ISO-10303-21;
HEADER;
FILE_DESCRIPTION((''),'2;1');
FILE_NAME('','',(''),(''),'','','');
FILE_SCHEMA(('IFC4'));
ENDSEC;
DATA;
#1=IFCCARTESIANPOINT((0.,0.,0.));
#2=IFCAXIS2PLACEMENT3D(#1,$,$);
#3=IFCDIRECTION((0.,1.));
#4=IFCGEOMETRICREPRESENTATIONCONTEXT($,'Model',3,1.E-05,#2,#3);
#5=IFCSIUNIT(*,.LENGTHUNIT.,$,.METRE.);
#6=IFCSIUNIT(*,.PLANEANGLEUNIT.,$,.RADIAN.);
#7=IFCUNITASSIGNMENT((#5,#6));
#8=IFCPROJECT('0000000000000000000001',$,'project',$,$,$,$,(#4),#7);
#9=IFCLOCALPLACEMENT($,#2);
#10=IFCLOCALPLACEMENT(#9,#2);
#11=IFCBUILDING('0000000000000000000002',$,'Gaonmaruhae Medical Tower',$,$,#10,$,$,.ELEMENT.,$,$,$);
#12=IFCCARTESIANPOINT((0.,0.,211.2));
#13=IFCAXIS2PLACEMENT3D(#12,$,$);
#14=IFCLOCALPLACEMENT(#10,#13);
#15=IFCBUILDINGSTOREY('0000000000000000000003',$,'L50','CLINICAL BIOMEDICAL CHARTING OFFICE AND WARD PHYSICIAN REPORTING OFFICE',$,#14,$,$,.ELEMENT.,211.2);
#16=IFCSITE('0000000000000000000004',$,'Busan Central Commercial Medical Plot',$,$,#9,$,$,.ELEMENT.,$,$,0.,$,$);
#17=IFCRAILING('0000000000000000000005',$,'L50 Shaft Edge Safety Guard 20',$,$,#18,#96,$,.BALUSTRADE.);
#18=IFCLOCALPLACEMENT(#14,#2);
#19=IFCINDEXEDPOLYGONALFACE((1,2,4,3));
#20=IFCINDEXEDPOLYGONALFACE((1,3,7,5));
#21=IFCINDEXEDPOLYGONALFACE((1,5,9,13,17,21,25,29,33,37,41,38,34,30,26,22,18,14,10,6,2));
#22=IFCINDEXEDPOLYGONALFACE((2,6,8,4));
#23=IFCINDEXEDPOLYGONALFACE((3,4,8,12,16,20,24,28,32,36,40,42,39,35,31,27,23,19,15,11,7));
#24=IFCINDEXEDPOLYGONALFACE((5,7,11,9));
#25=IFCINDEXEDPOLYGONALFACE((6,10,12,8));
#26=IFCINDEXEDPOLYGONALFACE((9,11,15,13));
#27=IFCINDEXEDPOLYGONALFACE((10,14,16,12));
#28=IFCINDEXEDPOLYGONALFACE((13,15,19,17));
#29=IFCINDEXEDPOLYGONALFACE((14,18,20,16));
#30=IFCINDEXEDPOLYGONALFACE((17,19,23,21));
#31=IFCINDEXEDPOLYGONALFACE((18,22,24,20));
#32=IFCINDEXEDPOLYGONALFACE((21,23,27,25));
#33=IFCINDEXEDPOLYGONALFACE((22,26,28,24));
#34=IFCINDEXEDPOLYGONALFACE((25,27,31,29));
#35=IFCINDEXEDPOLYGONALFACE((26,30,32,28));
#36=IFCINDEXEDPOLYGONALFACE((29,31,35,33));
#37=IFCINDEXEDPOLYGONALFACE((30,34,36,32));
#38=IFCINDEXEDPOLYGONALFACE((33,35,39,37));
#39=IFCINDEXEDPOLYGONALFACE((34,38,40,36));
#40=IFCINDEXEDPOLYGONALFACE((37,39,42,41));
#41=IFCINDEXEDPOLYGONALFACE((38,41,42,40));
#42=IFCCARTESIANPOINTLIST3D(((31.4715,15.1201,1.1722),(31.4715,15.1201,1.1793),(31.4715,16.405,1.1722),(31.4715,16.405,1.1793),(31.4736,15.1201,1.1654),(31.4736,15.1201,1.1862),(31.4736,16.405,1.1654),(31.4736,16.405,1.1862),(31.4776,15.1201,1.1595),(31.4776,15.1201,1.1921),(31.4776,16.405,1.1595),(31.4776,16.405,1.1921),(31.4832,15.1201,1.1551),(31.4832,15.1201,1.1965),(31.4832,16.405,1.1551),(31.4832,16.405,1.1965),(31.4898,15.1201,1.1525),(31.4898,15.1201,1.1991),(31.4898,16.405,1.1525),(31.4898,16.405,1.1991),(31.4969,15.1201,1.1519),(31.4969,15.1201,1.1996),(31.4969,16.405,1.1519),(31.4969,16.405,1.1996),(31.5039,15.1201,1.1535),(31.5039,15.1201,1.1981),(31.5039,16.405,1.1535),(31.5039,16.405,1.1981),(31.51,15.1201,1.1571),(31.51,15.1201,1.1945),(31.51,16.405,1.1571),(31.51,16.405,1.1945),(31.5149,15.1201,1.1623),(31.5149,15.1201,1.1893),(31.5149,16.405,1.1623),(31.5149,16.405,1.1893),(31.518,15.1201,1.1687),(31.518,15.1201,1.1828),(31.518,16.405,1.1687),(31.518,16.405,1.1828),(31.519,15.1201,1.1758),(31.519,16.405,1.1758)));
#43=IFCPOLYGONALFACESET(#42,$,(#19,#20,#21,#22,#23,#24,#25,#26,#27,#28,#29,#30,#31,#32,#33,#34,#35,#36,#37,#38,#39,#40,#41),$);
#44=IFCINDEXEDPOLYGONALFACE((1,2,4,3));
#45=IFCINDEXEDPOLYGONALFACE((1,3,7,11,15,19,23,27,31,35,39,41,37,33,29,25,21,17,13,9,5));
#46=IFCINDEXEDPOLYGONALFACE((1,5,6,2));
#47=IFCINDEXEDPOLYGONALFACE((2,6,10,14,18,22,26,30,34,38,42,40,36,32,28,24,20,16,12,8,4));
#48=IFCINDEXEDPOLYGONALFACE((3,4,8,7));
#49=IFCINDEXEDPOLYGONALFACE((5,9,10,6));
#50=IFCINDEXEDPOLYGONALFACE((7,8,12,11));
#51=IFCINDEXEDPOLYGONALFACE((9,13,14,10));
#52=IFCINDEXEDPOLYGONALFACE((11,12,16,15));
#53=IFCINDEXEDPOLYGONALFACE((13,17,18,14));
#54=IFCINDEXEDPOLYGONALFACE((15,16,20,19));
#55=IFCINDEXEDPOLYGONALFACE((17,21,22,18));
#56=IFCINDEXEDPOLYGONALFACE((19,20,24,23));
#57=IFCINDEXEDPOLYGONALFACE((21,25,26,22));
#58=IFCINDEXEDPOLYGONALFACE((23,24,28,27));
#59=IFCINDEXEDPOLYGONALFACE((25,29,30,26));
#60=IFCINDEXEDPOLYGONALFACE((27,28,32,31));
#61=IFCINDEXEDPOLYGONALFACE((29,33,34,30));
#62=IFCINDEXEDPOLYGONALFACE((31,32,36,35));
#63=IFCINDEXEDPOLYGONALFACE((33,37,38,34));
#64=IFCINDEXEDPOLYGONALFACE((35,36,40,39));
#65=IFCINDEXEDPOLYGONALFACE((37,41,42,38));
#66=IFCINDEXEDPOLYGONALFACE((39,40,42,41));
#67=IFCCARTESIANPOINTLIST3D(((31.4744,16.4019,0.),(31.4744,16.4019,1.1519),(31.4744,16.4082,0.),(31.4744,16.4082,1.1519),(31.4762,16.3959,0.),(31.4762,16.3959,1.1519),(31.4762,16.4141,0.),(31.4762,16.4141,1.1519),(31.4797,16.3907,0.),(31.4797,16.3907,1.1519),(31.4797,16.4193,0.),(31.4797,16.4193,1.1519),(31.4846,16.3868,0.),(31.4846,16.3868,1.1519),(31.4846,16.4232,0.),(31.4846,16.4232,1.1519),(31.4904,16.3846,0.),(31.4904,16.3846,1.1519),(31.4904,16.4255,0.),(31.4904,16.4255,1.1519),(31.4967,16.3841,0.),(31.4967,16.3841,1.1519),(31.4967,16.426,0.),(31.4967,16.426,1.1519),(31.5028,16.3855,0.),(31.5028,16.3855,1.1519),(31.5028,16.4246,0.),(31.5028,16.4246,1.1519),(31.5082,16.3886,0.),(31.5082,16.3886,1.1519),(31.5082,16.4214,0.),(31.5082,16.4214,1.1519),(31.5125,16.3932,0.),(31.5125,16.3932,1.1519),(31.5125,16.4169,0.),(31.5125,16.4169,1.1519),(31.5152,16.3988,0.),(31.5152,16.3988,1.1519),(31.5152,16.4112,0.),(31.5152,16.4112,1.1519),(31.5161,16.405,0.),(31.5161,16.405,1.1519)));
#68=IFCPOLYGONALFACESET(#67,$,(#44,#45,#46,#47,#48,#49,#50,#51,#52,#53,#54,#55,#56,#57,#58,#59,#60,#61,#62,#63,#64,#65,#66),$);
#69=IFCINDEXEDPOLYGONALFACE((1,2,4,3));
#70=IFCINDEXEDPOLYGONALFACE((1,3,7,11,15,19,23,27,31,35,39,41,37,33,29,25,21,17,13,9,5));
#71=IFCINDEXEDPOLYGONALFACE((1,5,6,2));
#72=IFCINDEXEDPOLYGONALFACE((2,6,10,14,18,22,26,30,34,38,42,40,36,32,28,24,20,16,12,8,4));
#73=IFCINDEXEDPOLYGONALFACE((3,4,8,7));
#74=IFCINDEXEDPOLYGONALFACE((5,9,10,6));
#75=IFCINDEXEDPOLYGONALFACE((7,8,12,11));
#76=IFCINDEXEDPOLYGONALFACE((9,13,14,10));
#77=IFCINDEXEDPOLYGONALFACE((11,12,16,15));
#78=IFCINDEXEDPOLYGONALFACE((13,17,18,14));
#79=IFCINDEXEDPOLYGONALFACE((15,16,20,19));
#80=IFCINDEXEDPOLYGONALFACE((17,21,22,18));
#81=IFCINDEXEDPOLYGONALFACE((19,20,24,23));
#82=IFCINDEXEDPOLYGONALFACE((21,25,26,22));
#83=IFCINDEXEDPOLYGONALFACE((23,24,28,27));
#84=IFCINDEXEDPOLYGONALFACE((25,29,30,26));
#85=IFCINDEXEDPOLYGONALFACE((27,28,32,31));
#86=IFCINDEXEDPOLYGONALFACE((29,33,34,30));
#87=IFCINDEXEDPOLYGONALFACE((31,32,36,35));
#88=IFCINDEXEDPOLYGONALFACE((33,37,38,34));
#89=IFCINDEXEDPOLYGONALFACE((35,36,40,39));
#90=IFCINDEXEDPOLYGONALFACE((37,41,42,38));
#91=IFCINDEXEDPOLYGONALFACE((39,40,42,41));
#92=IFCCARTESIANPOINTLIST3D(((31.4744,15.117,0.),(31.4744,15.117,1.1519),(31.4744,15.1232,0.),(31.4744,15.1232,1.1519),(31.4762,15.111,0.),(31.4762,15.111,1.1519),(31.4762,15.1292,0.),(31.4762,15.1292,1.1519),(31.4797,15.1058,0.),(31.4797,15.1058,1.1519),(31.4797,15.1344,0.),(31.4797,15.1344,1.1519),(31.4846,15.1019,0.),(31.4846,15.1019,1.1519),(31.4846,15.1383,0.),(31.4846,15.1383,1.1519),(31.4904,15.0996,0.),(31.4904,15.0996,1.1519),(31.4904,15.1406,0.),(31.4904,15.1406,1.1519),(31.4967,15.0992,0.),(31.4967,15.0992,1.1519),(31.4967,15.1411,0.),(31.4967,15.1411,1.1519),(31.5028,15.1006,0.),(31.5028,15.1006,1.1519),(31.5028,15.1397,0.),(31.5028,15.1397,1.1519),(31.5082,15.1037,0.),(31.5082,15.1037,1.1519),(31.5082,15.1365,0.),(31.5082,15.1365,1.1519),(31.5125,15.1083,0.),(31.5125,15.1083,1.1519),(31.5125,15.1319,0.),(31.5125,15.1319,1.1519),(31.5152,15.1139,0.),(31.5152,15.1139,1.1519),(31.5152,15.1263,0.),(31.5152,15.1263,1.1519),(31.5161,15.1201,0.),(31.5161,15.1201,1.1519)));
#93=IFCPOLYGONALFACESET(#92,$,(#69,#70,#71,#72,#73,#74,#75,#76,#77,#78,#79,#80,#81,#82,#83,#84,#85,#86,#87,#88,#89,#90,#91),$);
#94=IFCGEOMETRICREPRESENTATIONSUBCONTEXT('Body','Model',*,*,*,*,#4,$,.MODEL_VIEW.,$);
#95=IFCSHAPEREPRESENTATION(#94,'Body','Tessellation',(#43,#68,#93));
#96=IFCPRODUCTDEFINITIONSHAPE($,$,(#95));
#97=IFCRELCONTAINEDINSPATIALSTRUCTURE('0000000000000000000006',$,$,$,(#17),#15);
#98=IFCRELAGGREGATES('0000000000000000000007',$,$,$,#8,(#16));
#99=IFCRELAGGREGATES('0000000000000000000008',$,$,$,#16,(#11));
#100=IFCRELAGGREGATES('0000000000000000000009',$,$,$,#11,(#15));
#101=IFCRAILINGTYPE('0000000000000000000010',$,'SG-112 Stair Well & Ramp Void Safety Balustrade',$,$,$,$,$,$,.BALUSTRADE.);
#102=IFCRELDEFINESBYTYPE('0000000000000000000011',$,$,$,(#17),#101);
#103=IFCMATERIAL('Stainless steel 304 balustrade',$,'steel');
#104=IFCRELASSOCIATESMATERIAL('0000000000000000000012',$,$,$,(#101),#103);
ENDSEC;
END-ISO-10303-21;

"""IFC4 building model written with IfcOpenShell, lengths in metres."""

from ifc_helpers import new_model, si_unit, direction, frame, origin, origin_2d, place, context, subcontext, project, spatial, circle, extrude, material, type_object, element, save


model = new_model("IFC4")

# Units and contexts
model_context = context("Model", 3, precision=1e-05, world=origin(), true_north=direction((0.0, 1.0)))
body_context = subcontext(model_context, "Body", "Model", "MODEL_VIEW")
ifc_project = project(units=[si_unit("LENGTHUNIT", "METRE"), si_unit("PLANEANGLEUNIT", "RADIAN")], contexts=[model_context])

# Site, building, storey
site_placement = place(None, origin())
site = spatial("IfcSite", under=ifc_project, at=site_placement, Name="Busan Central Commercial Medical Plot", CompositionType="ELEMENT", RefElevation=0.0)
building_placement = place(site_placement, origin())
building = spatial("IfcBuilding", under=site, at=building_placement, Name="Gaonmaruhae Medical Tower", CompositionType="ELEMENT")
storey_placement = place(building_placement, frame((0.0, 0.0, 211.2)))
storey = spatial("IfcBuildingStorey", under=building, at=storey_placement, Name="L50", Description="CLINICAL BIOMEDICAL CHARTING OFFICE AND WARD PHYSICIAN REPORTING OFFICE", CompositionType="ELEMENT", Elevation=211.2)

# Railing
ifc_material_1 = material(Name="Stainless steel 304 balustrade", Category="steel")
railing_type_1 = type_object("IfcRailingType", Name="SG-112 Stair Well & Ramp Void Safety Balustrade", PredefinedType="BALUSTRADE", material=ifc_material_1)
railing_1_placement = place(storey_placement, frame((31.4951, 16.405, 0.0)))
element("IfcRailing", 1, at=railing_1_placement, inside=storey, type_object=railing_type_1, Name="L50 Shaft Edge Safety Guard 20", PredefinedType="BALUSTRADE", context=body_context, shape_type="SweptSolid", body=[
    extrude(circle(Radius=0.0239, at=origin_2d()), frame((0.0, 0.0, 1.1758), z_axis=(0.0, -1.0, 0.0), x_axis=(1.0, 0.0, 0.0)), (0.0, 0.0, 1.0), 1.2849),
    extrude(circle(Radius=0.021, at=origin_2d()), origin(), (0.0, 0.0, 1.0), 1.1519),
    extrude(circle(Radius=0.021, at=origin_2d()), frame((0.0, -1.2849, 0.0)), (0.0, 0.0, 1.0), 1.1519),
])

save(model, "model.ifc")
